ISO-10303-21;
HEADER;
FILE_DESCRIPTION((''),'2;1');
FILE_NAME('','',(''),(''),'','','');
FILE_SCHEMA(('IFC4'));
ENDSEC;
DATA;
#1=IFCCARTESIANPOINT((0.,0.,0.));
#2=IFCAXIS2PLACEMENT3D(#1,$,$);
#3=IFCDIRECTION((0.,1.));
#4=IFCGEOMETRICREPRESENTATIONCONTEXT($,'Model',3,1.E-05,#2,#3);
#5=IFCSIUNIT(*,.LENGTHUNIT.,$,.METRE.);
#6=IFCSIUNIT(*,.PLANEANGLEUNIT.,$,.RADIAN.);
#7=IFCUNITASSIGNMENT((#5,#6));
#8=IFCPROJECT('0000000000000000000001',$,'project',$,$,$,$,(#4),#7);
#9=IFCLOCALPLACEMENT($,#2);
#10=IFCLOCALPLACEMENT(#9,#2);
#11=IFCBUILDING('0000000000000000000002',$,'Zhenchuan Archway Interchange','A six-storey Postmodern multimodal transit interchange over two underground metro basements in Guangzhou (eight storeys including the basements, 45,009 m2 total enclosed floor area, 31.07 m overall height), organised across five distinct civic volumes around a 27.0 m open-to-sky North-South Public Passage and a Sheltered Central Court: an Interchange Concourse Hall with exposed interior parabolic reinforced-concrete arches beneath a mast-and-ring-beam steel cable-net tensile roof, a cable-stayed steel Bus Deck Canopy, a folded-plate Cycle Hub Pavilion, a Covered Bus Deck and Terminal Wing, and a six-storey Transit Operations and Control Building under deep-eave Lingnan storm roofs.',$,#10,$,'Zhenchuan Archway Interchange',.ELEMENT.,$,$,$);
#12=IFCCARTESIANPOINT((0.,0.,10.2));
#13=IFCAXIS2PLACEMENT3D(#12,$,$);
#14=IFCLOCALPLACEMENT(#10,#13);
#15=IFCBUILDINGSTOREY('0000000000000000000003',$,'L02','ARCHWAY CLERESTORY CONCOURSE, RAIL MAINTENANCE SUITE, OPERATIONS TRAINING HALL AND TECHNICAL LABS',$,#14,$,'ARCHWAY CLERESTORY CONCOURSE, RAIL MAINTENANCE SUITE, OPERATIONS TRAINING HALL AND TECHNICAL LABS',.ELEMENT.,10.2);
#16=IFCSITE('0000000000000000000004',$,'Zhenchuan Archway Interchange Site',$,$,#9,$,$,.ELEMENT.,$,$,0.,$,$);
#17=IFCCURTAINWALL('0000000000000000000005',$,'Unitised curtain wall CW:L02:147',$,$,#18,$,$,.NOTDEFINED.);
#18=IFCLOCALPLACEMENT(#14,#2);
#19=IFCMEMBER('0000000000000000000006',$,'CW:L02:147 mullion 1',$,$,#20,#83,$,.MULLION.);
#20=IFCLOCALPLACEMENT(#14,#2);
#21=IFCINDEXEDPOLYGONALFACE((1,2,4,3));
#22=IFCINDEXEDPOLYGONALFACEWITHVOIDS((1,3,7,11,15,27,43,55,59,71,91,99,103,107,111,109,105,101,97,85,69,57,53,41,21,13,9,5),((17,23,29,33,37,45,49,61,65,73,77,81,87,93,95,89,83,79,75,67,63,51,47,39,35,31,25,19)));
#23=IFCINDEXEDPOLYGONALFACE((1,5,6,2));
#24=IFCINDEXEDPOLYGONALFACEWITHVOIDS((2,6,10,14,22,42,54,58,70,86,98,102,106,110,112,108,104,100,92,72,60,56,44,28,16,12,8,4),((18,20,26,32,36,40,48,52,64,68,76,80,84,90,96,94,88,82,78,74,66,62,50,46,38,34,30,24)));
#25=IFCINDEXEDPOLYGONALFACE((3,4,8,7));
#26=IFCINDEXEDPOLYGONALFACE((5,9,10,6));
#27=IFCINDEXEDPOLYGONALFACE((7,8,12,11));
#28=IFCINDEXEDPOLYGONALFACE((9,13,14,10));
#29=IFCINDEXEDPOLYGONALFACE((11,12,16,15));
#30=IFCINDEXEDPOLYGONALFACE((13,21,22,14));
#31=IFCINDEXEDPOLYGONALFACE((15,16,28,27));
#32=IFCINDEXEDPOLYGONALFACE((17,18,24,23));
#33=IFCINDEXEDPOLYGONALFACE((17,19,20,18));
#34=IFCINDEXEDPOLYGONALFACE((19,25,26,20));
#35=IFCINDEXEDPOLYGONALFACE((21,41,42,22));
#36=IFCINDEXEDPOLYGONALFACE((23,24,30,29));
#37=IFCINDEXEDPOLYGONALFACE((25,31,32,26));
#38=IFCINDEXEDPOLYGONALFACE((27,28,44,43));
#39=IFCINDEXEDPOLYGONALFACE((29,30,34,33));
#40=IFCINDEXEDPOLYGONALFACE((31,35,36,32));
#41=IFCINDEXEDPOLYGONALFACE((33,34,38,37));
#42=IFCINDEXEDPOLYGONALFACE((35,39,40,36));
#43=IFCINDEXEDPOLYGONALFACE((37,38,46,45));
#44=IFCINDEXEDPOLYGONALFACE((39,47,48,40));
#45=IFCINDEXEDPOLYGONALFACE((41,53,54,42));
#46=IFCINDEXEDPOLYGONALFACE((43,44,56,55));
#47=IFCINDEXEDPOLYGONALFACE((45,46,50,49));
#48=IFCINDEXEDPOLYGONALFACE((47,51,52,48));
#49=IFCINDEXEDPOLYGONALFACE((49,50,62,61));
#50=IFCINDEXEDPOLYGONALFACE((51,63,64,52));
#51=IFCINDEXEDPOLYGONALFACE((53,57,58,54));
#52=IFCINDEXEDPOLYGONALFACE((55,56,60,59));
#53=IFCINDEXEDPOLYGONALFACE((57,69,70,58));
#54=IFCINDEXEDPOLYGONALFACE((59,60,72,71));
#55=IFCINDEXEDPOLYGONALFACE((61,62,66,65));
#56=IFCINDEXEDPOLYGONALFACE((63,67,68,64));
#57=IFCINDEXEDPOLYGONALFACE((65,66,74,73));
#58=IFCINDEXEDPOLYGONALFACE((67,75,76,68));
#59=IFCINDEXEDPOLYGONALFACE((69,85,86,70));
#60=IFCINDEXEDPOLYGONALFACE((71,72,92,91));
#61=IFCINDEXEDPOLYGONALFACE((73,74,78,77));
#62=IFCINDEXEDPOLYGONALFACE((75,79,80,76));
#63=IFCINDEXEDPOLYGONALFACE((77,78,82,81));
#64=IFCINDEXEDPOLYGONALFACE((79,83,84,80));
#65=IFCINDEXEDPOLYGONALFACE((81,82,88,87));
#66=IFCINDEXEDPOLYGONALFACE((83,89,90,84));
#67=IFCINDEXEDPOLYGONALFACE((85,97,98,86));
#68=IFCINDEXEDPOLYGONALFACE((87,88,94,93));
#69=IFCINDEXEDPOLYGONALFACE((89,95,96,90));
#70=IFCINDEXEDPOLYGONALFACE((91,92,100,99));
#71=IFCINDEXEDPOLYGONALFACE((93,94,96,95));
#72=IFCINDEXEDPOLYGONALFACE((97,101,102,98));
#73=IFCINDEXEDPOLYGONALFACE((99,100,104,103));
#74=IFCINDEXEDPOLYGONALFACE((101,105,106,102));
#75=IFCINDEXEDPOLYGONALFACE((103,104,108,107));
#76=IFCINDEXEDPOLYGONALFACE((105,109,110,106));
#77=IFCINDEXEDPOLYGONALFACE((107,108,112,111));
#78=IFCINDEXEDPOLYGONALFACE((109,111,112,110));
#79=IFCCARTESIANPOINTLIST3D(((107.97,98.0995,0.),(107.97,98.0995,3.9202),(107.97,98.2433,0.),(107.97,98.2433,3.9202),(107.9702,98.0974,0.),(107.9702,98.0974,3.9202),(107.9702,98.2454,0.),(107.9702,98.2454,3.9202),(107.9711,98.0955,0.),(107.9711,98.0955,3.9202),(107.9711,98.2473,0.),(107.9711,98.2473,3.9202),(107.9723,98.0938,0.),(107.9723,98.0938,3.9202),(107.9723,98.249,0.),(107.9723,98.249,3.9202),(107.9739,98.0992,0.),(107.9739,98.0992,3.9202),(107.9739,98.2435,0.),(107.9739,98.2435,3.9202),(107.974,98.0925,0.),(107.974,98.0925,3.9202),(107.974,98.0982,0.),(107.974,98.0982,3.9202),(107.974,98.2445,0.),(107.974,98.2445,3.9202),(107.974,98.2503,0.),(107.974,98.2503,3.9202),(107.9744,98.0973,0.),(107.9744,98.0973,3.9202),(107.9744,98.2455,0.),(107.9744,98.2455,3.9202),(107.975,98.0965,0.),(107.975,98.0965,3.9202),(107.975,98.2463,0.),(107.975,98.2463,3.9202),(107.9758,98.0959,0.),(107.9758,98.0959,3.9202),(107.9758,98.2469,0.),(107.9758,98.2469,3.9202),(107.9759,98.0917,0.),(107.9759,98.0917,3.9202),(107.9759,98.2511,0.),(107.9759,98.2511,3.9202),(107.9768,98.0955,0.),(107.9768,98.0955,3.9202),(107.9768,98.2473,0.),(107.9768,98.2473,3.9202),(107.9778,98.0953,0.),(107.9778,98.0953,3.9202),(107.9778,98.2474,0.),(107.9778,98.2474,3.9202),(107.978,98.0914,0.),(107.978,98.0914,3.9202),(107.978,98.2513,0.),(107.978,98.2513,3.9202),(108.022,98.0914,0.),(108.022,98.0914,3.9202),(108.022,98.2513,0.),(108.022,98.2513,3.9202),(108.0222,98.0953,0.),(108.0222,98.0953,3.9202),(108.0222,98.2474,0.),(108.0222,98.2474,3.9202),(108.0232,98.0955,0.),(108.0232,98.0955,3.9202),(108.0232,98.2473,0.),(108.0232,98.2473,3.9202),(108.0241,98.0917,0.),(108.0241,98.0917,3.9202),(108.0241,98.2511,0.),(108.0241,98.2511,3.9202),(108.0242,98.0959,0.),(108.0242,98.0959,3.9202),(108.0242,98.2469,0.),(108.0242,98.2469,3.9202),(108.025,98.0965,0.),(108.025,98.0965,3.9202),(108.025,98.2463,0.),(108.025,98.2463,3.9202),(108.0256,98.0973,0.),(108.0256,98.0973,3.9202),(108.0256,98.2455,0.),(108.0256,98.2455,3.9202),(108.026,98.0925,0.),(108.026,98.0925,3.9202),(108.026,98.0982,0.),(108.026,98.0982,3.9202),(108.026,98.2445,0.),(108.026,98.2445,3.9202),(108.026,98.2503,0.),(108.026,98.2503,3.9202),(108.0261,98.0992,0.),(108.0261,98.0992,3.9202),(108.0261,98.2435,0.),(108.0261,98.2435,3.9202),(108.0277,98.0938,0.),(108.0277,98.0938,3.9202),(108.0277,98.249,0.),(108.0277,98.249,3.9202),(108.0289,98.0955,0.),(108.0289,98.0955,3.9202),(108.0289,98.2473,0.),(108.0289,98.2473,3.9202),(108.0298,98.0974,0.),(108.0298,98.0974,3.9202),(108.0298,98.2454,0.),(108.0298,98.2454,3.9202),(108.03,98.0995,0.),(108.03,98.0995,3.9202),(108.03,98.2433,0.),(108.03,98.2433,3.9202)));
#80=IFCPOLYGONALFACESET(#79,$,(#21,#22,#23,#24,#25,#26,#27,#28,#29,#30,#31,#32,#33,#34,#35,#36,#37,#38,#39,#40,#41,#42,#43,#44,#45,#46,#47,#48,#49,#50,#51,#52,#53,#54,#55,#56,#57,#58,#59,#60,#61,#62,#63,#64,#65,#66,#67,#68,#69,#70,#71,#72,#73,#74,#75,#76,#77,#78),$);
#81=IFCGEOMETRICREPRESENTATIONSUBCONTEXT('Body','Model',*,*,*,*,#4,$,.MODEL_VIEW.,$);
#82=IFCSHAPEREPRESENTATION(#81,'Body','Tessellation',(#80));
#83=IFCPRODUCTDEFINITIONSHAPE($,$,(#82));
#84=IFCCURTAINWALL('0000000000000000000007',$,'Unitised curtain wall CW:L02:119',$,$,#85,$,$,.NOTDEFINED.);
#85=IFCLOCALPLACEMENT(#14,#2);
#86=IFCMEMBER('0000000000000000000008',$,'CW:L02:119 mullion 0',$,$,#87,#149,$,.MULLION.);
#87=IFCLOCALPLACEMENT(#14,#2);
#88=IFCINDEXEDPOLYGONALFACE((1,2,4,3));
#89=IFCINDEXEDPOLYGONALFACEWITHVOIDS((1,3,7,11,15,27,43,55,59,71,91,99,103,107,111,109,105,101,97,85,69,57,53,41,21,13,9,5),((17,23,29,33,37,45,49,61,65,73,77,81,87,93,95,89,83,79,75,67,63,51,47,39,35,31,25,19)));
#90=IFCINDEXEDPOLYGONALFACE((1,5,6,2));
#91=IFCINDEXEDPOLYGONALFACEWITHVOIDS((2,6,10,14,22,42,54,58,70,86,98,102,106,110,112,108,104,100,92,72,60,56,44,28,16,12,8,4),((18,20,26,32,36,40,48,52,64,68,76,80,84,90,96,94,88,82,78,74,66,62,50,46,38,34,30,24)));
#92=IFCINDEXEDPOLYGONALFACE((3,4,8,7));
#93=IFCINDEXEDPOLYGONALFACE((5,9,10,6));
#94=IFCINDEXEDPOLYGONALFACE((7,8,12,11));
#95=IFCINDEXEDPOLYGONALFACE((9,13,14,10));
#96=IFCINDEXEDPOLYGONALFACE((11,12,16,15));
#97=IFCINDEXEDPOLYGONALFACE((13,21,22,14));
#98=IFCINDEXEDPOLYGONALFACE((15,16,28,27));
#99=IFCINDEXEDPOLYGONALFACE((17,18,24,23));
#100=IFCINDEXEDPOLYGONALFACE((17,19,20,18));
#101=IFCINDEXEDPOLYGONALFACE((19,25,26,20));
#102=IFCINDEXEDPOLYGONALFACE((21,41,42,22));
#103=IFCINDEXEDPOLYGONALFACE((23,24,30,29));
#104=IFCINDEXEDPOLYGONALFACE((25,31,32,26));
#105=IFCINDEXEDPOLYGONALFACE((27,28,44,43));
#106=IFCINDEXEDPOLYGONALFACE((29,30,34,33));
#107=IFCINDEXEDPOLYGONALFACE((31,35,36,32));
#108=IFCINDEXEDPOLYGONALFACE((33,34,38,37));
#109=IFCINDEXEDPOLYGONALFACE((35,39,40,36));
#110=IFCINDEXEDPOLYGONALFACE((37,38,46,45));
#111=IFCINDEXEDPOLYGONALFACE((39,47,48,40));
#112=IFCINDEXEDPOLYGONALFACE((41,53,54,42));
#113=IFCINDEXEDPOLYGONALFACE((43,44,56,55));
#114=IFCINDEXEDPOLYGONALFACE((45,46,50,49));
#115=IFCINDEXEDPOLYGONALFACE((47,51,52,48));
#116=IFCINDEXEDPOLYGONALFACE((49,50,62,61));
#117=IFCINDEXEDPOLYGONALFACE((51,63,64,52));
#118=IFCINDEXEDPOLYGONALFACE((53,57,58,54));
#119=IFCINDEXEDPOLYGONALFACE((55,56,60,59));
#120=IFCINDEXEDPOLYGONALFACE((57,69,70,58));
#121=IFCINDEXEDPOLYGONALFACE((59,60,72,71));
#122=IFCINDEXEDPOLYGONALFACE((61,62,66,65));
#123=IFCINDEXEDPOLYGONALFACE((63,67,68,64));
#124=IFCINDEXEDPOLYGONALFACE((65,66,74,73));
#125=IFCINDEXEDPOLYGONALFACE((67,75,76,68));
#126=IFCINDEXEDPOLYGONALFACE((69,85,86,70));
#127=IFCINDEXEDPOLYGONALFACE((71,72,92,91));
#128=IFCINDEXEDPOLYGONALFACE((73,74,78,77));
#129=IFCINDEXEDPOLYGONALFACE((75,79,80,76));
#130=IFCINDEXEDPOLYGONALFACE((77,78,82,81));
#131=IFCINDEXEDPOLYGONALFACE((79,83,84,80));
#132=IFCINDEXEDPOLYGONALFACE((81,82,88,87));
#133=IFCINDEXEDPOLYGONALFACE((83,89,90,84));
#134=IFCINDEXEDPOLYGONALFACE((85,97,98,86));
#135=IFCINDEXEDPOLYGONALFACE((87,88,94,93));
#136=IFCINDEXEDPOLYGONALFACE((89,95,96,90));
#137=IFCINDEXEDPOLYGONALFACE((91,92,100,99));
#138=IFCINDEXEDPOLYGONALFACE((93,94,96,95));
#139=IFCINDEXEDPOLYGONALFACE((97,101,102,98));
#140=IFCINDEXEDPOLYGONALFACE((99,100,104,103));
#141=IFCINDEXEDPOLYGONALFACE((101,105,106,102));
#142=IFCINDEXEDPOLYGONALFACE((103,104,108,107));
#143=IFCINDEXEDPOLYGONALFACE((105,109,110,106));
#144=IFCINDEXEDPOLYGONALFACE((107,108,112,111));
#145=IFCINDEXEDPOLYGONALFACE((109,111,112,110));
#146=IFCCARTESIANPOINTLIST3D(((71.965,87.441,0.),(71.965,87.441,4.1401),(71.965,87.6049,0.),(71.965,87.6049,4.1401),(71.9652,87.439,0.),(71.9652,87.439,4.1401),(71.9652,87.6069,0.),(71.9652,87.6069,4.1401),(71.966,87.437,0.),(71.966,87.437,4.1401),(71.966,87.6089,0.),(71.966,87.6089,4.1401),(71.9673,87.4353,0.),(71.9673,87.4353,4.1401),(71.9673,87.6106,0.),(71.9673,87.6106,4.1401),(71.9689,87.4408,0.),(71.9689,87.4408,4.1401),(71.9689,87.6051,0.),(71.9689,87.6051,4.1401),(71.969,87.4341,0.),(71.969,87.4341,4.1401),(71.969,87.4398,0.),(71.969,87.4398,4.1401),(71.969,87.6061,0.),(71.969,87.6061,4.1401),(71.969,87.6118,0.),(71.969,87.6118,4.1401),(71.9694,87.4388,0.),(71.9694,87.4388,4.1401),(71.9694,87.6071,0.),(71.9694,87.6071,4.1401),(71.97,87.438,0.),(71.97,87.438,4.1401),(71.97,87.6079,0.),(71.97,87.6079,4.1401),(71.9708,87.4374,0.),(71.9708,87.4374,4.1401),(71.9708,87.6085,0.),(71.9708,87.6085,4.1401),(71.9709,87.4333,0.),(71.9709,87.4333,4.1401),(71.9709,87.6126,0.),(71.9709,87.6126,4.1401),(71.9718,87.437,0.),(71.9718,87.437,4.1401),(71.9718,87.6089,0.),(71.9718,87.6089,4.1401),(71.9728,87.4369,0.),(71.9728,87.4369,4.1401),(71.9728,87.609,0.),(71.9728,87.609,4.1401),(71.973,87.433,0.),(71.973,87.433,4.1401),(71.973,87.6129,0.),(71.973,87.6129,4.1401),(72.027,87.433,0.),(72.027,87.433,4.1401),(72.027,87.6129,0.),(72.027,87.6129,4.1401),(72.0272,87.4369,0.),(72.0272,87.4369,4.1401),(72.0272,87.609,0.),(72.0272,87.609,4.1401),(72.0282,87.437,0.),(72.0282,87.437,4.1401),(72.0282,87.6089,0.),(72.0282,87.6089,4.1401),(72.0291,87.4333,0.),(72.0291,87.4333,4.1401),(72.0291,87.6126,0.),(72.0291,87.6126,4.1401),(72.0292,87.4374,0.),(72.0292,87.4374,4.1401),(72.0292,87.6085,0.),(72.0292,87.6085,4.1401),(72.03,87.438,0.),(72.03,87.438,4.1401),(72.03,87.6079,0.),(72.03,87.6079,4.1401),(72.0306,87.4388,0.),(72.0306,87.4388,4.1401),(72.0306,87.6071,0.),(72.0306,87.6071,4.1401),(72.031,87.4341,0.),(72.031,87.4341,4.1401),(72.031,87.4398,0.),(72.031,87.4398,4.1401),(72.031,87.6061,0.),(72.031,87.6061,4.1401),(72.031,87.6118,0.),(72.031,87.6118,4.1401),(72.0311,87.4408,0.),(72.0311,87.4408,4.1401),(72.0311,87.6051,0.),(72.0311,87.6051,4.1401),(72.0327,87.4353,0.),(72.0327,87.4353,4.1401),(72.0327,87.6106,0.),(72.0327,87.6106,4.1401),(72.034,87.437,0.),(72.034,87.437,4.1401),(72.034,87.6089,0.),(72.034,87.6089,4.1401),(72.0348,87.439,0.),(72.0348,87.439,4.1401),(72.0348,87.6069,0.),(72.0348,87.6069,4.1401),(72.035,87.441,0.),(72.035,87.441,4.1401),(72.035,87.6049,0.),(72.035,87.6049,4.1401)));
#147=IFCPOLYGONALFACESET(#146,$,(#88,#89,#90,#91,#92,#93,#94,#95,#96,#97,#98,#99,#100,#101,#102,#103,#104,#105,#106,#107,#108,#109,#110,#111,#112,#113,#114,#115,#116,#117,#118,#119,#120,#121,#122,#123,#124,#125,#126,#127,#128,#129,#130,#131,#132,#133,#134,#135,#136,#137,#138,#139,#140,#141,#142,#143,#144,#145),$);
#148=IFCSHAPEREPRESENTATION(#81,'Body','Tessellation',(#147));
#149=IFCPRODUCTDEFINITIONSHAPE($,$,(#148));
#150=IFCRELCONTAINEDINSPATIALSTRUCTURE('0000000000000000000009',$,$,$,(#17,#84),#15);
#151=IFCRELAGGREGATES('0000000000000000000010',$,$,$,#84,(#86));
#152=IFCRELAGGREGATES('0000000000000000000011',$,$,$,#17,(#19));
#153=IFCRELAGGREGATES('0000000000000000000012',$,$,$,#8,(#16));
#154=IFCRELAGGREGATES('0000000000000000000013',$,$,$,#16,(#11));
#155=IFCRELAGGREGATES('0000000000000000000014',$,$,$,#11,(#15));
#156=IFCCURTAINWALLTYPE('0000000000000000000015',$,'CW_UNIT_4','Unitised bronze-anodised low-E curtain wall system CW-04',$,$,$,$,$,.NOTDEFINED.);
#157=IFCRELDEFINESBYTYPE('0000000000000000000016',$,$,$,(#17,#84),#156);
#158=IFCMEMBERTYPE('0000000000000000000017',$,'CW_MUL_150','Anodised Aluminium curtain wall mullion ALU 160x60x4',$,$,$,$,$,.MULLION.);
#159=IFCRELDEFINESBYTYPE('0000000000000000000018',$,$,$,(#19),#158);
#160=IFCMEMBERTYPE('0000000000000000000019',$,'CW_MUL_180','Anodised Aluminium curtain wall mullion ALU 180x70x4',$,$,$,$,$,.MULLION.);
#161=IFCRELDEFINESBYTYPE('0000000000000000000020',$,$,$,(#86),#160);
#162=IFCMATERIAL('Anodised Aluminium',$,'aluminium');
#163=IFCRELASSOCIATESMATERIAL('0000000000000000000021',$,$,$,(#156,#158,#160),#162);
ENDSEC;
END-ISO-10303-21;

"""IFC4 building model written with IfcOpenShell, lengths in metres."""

from ifc_helpers import new_model, si_unit, direction, frame, origin, origin_2d, place, context, subcontext, project, spatial, hollow_rectangle, extrude, material, material_profile, profile_set, type_object, element, aggregate, save


model = new_model("IFC4")

# Units and contexts
model_context = context("Model", 3, precision=1e-05, world=origin(), true_north=direction((0.0, 1.0)))
body_context = subcontext(model_context, "Body", "Model", "MODEL_VIEW")
ifc_project = project(units=[si_unit("LENGTHUNIT", "METRE"), si_unit("PLANEANGLEUNIT", "RADIAN")], contexts=[model_context])

# Site, building, storey
site_placement = place(None, origin())
site = spatial("IfcSite", under=ifc_project, at=site_placement, Name="Zhenchuan Archway Interchange Site", CompositionType="ELEMENT", RefElevation=0.0)
building_placement = place(site_placement, origin())
building = spatial("IfcBuilding", under=site, at=building_placement, Name="Zhenchuan Archway Interchange", Description="A six-storey Postmodern multimodal transit interchange over two underground metro basements in Guangzhou (eight storeys including the basements, 45,009 m2 total enclosed floor area, 31.07 m overall height), organised across five distinct civic volumes around a 27.0 m open-to-sky North-South Public Passage and a Sheltered Central Court: an Interchange Concourse Hall with exposed interior parabolic reinforced-concrete arches beneath a mast-and-ring-beam steel cable-net tensile roof, a cable-stayed steel Bus Deck Canopy, a folded-plate Cycle Hub Pavilion, a Covered Bus Deck and Terminal Wing, and a six-storey Transit Operations and Control Building under deep-eave Lingnan storm roofs.", LongName="Zhenchuan Archway Interchange", CompositionType="ELEMENT")
storey_placement = place(building_placement, frame((0.0, 0.0, 10.2)))
storey = spatial("IfcBuildingStorey", under=building, at=storey_placement, Name="L02", Description="ARCHWAY CLERESTORY CONCOURSE, RAIL MAINTENANCE SUITE, OPERATIONS TRAINING HALL AND TECHNICAL LABS", LongName="ARCHWAY CLERESTORY CONCOURSE, RAIL MAINTENANCE SUITE, OPERATIONS TRAINING HALL AND TECHNICAL LABS", CompositionType="ELEMENT", Elevation=10.2)

# Curtain walls, members
ifc_material_1 = material(Name="Anodised Aluminium", Category="aluminium")
curtain_wall_type = type_object("IfcCurtainWallType", Name="CW_UNIT_4", Description="Unitised bronze-anodised low-E curtain wall system CW-04", PredefinedType="NOTDEFINED", material=ifc_material_1)
curtain_wall_1_placement = place(storey_placement, origin())
curtain_wall_1 = element("IfcCurtainWall", 1, at=curtain_wall_1_placement, inside=storey, type_object=curtain_wall_type, Name="Unitised curtain wall CW:L02:147", PredefinedType="NOTDEFINED")
ifc_material_profile_1 = material_profile(ifc_material_1, hollow_rectangle(XDim=0.0601, YDim=0.1599, WallThickness=0.0039, InnerFilletRadius=0.0039, OuterFilletRadius=0.0081, at=origin_2d()), Name="ALU 160x60x4")
ifc_profile_set_1 = profile_set([ifc_material_profile_1], Name="Anodised Aluminium")
member_type_1 = type_object("IfcMemberType", Name="CW_MUL_150", Description="Anodised Aluminium curtain wall mullion ALU 160x60x4", PredefinedType="MULLION", material=ifc_profile_set_1)
member_1_placement = place(storey_placement, frame((108.0, 98.1714, 0.0), z_axis=(0.0, 0.0, 1.0), x_axis=(1.0, 0.0, 0.0)))
member_1 = element("IfcMember", 2, at=member_1_placement, type_object=member_type_1, Name="CW:L02:147 mullion 1", PredefinedType="MULLION", context=body_context, shape_type="SweptSolid", body=[
    extrude(hollow_rectangle(XDim=0.0601, YDim=0.1599, WallThickness=0.0039, InnerFilletRadius=0.0039, OuterFilletRadius=0.0081, at=origin_2d()), origin(), (0.0, 0.0, 1.0), 3.9202),
])
curtain_wall_2_placement = place(storey_placement, origin())
curtain_wall_2 = element("IfcCurtainWall", 3, at=curtain_wall_2_placement, inside=storey, type_object=curtain_wall_type, Name="Unitised curtain wall CW:L02:119", PredefinedType="NOTDEFINED")
ifc_material_profile_2 = material_profile(ifc_material_1, hollow_rectangle(XDim=0.0701, YDim=0.1799, WallThickness=0.0039, InnerFilletRadius=0.0039, OuterFilletRadius=0.0081, at=origin_2d()), Name="ALU 180x70x4")
ifc_profile_set_2 = profile_set([ifc_material_profile_2], Name="Anodised Aluminium")
member_type_2 = type_object("IfcMemberType", Name="CW_MUL_180", Description="Anodised Aluminium curtain wall mullion ALU 180x70x4", PredefinedType="MULLION", material=ifc_profile_set_2)
member_2_placement = place(storey_placement, frame((72.0, 87.5229, 0.0), z_axis=(0.0, 0.0, 1.0), x_axis=(1.0, 0.0, 0.0)))
member_2 = element("IfcMember", 4, at=member_2_placement, type_object=member_type_2, Name="CW:L02:119 mullion 0", PredefinedType="MULLION", context=body_context, shape_type="SweptSolid", body=[
    extrude(hollow_rectangle(XDim=0.0701, YDim=0.1799, WallThickness=0.0039, InnerFilletRadius=0.0039, OuterFilletRadius=0.0081, at=origin_2d()), origin(), (0.0, 0.0, 1.0), 4.1401),
])
aggregate(curtain_wall_2, [member_2])

aggregate(curtain_wall_1, [member_1])

save(model, "model.ifc")
